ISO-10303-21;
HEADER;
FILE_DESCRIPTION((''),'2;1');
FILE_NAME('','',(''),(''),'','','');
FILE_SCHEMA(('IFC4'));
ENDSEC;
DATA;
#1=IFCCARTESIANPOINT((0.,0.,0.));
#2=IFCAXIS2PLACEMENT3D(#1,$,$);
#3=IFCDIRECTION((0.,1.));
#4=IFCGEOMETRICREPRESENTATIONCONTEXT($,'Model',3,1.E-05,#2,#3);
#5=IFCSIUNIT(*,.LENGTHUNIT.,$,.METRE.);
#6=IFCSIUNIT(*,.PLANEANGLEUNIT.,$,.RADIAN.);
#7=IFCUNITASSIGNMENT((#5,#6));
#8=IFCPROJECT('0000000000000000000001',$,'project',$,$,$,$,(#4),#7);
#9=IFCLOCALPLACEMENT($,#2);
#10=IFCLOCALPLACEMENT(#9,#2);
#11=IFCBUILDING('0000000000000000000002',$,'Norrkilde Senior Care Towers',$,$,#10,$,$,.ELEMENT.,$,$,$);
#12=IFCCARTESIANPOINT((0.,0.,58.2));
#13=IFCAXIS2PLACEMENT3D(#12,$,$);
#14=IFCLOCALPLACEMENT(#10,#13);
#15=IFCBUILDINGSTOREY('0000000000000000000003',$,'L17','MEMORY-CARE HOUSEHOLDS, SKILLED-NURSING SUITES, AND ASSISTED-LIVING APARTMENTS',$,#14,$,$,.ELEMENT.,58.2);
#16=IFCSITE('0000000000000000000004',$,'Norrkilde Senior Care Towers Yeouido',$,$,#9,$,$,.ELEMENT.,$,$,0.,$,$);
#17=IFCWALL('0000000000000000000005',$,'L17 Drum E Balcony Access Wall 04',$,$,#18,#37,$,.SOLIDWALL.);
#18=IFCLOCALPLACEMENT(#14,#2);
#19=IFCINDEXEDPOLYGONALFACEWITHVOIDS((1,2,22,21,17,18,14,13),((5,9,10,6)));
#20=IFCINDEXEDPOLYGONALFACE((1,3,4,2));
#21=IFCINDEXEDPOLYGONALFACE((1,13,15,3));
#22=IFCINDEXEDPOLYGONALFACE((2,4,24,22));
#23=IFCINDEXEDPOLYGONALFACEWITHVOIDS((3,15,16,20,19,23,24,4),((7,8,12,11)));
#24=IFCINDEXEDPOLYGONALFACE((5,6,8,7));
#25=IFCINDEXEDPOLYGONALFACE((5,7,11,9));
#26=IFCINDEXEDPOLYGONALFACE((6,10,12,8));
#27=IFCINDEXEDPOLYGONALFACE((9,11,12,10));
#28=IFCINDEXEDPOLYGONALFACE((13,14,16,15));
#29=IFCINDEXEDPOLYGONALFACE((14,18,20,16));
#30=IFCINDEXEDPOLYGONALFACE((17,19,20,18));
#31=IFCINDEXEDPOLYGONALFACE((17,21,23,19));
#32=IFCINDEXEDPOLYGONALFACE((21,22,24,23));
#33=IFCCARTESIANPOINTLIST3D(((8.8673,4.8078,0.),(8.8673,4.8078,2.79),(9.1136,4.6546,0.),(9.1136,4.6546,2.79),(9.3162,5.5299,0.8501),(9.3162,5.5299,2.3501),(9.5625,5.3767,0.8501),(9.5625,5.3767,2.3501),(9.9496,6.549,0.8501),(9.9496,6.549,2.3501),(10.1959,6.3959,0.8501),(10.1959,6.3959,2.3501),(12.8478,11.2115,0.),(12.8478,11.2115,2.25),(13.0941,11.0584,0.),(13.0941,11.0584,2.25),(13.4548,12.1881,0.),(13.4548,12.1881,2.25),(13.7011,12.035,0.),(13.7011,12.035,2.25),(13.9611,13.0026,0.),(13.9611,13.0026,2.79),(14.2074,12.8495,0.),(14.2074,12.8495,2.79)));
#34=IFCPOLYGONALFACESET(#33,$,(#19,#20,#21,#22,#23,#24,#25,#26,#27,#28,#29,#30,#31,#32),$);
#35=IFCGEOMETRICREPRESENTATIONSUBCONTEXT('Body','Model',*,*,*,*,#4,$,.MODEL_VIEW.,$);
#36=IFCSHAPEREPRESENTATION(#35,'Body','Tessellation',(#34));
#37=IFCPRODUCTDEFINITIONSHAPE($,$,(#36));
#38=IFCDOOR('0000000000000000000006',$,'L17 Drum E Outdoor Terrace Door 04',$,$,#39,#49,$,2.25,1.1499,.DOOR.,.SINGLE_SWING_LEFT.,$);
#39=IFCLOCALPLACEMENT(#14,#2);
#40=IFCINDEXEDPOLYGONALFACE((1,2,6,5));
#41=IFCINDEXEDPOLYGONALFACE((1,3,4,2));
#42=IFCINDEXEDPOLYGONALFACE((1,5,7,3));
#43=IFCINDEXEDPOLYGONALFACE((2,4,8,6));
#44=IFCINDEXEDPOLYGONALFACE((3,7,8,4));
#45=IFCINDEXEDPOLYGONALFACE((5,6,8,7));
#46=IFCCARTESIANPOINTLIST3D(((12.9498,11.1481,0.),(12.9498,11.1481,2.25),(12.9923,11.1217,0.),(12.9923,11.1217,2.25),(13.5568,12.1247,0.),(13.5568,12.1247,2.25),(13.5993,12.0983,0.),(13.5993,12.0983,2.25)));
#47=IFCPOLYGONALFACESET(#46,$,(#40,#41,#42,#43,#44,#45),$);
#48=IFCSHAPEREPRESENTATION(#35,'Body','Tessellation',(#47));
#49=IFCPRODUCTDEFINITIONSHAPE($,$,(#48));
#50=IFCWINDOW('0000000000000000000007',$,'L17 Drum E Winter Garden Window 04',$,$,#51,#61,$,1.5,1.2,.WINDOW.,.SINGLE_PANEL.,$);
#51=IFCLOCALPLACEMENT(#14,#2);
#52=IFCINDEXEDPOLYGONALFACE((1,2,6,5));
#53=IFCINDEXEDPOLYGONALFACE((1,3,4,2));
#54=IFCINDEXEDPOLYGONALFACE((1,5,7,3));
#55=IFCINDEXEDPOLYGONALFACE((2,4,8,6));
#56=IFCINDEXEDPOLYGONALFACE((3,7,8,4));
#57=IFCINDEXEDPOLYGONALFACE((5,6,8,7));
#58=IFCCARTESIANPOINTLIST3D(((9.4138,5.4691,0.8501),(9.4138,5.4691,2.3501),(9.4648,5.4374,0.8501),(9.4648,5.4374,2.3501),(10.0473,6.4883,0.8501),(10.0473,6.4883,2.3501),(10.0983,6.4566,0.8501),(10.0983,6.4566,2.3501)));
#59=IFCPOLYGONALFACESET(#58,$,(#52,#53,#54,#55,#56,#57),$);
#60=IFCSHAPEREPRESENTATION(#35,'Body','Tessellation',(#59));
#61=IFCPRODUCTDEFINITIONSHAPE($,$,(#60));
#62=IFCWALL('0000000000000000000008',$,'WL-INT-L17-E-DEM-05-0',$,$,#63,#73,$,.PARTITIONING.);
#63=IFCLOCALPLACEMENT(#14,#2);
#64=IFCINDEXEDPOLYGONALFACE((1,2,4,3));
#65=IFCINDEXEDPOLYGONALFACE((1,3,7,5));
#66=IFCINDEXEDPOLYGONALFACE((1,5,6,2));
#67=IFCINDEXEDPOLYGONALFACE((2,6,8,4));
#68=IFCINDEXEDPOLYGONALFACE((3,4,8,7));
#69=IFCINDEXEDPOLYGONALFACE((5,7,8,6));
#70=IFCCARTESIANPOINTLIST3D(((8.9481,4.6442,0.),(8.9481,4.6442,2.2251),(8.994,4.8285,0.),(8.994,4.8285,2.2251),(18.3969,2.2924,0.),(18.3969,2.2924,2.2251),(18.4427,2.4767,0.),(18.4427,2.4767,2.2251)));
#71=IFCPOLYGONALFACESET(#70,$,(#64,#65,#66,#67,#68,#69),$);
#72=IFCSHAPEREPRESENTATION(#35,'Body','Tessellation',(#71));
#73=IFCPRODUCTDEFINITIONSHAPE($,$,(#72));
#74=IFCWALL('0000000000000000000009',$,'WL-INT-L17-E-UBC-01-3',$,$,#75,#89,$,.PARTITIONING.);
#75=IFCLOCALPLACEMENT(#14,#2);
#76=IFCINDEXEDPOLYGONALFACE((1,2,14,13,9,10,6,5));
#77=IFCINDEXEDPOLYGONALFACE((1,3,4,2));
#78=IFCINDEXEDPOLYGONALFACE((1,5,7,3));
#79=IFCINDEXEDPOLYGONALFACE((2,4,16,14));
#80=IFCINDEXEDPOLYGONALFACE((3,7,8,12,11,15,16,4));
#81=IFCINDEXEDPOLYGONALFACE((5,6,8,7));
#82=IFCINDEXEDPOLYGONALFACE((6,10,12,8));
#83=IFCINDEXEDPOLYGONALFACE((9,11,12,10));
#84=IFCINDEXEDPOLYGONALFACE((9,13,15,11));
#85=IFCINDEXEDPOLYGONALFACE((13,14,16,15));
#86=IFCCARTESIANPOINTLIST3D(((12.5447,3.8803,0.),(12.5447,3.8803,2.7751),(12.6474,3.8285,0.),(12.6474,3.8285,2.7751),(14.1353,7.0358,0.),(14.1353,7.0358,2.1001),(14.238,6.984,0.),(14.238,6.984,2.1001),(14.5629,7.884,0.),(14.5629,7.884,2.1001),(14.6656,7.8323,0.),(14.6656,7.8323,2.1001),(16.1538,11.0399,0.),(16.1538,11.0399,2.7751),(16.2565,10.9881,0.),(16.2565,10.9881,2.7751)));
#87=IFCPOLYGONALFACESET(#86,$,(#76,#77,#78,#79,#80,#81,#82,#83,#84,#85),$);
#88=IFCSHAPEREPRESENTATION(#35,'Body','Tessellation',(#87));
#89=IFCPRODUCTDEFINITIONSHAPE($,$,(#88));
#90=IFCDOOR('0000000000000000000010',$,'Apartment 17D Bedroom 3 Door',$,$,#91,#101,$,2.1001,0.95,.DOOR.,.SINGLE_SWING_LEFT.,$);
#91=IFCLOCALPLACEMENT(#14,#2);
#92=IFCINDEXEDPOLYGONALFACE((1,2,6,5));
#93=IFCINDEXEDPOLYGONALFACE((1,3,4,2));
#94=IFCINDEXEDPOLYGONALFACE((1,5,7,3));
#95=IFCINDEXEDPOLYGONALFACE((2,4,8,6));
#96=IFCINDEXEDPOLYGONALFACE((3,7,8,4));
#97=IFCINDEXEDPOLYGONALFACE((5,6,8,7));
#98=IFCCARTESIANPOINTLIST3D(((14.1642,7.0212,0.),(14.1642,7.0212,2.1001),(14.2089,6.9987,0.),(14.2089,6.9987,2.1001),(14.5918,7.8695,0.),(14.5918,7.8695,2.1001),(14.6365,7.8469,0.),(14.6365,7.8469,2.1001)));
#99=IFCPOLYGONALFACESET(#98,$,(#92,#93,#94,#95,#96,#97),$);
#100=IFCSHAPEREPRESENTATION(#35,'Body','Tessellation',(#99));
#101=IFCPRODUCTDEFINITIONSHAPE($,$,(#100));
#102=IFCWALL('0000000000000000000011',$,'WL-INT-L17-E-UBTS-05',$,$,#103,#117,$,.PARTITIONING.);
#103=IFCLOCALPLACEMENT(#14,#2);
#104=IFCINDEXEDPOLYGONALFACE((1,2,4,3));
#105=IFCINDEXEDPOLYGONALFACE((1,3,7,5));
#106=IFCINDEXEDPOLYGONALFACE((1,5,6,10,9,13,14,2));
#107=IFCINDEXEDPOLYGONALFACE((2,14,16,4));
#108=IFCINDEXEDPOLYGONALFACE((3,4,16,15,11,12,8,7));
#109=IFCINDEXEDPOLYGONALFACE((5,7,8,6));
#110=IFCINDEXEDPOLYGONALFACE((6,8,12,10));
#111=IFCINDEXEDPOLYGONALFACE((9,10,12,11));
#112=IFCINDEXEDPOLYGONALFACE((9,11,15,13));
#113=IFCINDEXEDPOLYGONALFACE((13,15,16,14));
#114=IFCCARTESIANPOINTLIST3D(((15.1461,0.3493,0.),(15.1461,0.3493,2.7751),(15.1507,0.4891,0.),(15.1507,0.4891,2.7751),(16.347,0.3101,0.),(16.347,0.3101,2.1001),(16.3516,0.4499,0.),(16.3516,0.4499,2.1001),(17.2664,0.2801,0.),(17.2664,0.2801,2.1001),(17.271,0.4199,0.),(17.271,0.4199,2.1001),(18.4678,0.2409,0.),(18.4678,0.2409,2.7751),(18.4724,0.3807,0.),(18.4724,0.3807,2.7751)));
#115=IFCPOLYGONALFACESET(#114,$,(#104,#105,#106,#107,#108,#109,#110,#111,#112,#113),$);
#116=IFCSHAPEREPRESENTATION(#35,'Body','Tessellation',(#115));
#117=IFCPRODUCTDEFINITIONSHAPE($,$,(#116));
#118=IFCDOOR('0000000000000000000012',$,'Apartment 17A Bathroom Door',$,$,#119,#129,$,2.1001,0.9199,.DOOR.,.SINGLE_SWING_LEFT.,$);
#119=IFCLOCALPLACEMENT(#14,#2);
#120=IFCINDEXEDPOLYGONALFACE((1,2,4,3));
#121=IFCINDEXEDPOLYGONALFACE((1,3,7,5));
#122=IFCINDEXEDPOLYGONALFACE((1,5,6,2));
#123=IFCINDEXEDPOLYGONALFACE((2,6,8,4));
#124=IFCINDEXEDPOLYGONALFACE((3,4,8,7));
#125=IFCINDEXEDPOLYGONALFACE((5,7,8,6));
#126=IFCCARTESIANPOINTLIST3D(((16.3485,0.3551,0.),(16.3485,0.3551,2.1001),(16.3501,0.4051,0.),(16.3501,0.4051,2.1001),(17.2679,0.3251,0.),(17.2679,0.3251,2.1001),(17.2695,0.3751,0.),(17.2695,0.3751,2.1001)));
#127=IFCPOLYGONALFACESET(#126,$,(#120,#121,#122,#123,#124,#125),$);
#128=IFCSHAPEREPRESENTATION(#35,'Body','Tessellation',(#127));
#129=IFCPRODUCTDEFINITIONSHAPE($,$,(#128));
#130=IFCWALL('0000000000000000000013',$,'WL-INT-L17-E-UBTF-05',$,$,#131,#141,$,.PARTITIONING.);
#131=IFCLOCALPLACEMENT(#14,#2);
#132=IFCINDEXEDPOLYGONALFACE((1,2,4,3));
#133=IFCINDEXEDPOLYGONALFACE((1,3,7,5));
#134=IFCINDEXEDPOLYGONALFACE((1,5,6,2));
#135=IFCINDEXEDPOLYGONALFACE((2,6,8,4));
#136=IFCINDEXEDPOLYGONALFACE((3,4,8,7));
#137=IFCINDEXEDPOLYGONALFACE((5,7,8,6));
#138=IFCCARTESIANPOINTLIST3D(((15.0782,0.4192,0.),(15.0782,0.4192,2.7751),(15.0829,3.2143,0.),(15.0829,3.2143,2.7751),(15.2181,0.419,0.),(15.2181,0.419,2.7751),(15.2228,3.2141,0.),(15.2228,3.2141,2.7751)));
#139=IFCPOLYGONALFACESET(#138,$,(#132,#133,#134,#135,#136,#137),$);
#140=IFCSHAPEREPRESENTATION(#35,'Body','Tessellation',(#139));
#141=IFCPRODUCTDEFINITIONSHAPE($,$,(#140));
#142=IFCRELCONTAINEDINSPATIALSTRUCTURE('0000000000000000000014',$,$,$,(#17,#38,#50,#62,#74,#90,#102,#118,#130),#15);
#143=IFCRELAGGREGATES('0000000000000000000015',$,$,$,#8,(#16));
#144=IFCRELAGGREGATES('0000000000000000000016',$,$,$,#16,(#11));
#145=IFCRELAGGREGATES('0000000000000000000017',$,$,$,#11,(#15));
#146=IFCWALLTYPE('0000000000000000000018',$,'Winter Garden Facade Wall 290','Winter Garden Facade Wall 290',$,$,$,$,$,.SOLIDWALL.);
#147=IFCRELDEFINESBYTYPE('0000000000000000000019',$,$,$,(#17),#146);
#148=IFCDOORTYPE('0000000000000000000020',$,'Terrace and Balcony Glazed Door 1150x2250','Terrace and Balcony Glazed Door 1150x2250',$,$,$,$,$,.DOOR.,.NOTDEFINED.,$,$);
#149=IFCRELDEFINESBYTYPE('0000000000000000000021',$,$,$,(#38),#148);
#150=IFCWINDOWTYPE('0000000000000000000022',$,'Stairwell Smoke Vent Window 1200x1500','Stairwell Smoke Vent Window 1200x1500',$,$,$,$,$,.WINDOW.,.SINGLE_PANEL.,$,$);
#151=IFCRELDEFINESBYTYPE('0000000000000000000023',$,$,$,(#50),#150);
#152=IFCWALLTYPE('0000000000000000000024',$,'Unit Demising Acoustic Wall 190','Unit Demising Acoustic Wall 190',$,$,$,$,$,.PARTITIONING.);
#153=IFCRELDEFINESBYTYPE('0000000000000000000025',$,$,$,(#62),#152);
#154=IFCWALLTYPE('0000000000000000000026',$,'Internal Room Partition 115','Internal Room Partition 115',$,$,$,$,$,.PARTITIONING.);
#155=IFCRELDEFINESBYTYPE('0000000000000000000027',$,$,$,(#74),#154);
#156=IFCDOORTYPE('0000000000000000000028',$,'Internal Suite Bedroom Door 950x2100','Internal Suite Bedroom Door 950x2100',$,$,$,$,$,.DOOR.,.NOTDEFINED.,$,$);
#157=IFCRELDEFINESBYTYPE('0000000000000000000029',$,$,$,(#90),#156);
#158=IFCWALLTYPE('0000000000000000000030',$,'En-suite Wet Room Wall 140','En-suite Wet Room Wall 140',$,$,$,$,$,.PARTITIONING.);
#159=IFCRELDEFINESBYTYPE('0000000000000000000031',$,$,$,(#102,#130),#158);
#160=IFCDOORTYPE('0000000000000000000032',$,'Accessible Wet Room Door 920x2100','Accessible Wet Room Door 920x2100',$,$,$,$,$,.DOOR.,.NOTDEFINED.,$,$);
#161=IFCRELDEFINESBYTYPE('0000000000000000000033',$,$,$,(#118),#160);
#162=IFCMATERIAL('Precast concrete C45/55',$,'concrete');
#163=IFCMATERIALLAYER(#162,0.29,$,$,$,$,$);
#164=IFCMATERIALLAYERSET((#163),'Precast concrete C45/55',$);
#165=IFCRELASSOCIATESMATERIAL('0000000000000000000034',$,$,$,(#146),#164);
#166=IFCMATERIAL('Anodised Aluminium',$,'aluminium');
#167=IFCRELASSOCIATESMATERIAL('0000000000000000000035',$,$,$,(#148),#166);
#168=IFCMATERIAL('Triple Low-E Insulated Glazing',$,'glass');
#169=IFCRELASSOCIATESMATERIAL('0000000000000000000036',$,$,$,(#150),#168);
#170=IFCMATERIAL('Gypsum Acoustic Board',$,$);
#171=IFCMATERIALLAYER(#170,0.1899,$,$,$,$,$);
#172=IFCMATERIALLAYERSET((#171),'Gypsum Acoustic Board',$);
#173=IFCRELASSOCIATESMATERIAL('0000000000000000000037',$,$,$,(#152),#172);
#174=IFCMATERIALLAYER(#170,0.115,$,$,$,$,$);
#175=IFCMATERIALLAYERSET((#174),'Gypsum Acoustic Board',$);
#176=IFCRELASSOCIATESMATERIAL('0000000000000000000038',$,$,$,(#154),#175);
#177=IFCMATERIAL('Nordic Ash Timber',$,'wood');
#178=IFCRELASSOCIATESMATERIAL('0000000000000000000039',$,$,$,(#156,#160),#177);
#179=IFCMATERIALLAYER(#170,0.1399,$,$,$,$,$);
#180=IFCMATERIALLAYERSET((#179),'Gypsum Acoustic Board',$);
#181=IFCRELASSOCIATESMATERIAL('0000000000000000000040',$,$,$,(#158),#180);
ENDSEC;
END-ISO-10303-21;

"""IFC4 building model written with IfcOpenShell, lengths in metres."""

from ifc_helpers import new_model, si_unit, direction, frame, frame_2d, origin, place, context, subcontext, project, spatial, rectangle, extrude, source, transform, mapped, material, layer, layer_set, type_object, type_shapes, element, fill, save


model = new_model("IFC4")

# Units and contexts
model_context = context("Model", 3, precision=1e-05, world=origin(), true_north=direction((0.0, 1.0)))
body_context = subcontext(model_context, "Body", "Model", "MODEL_VIEW")
ifc_project = project(units=[si_unit("LENGTHUNIT", "METRE"), si_unit("PLANEANGLEUNIT", "RADIAN")], contexts=[model_context])

# Site, building, storey
site_placement = place(None, origin())
site = spatial("IfcSite", under=ifc_project, at=site_placement, Name="Norrkilde Senior Care Towers Yeouido", CompositionType="ELEMENT", RefElevation=0.0)
building_placement = place(site_placement, origin())
building = spatial("IfcBuilding", under=site, at=building_placement, Name="Norrkilde Senior Care Towers", CompositionType="ELEMENT")
storey_placement = place(building_placement, frame((0.0, 0.0, 58.2)))
storey = spatial("IfcBuildingStorey", under=building, at=storey_placement, Name="L17", Description="MEMORY-CARE HOUSEHOLDS, SKILLED-NURSING SUITES, AND ASSISTED-LIVING APARTMENTS", CompositionType="ELEMENT", Elevation=58.2)

# Shared definitions
ifc_material_1 = material(Name="Triple Low-E Insulated Glazing", Category="glass")
ifc_material_2 = material(Name="Anodised Aluminium", Category="aluminium")

# Wall, openings, door, window
ifc_material_3 = material(Name="Precast concrete C45/55", Category="concrete")
ifc_layer_1 = layer(ifc_material_3, 0.29)
ifc_layer_set_1 = layer_set([ifc_layer_1], Name="Precast concrete C45/55")
wall_type_1 = type_object("IfcWallType", Name="Winter Garden Facade Wall 290", Description="Winter Garden Facade Wall 290", PredefinedType="SOLIDWALL", material=ifc_layer_set_1)
shared_shape_1 = source(origin(), body_context, "Body", "SweptSolid", [
    extrude(rectangle(XDim=9.6489, YDim=0.29, at=frame_2d((4.8245, 0.0))), origin(), (0.0, 0.0, 1.0), 2.79),
])
type_shapes(wall_type_1, [shared_shape_1])
wall_1_placement = place(storey_placement, frame((8.9905, 4.7312, 0.0), z_axis=(0.0, 0.0, 1.0), x_axis=(0.527909, 0.849301, 0.0)))
wall_1 = element("IfcWall", 1, at=wall_1_placement, inside=storey, type_object=wall_type_1, Name="L17 Drum E Balcony Access Wall 04", PredefinedType="SOLIDWALL", context=body_context, shape_type="MappedRepresentation", body=[
    mapped(shared_shape_1, transform((0.0, 0.0, 0.0), x_axis=(1.0, 0.0, 0.0), y_axis=(0.0, 1.0, 0.0), z_axis=(0.0, 0.0, 1.0), scale=1.0)),
])
opening_1_placement = place(wall_1_placement, frame((7.54, 0.0, 0.0)))
opening_1 = element("IfcOpeningElement", 2, at=opening_1_placement, cuts=wall_1, PredefinedType="OPENING", context=body_context, shape_type="SweptSolid", body=[
    extrude(rectangle(XDim=1.1499, YDim=2.25, at=frame_2d((0.575, 1.125))), frame((0.0, 0.155, 0.0), z_axis=(0.0, -1.0, 0.0), x_axis=(1.0, 0.0, 0.0)), (0.0, 0.0, 1.0), 0.3101),
])
opening_2_placement = place(wall_1_placement, frame((0.8501, 0.0, 0.8501)))
opening_2 = element("IfcOpeningElement", 3, at=opening_2_placement, cuts=wall_1, PredefinedType="OPENING", context=body_context, shape_type="SweptSolid", body=[
    extrude(rectangle(XDim=1.2, YDim=1.5, at=frame_2d((0.6001, 0.75))), frame((0.0, 0.155, 0.0), z_axis=(0.0, -1.0, 0.0), x_axis=(1.0, 0.0, 0.0)), (0.0, 0.0, 1.0), 0.3101),
])
door_type_1 = type_object("IfcDoorType", Name="Terrace and Balcony Glazed Door 1150x2250", Description="Terrace and Balcony Glazed Door 1150x2250", OperationType="NOTDEFINED", PredefinedType="DOOR", material=ifc_material_2)
shared_shape_2 = source(origin(), body_context, "Body", "SweptSolid", [
    extrude(rectangle(XDim=1.1499, YDim=2.25, at=frame_2d((0.575, 1.125))), frame((0.0, 0.0249, 0.0), z_axis=(0.0, -1.0, 0.0), x_axis=(1.0, 0.0, 0.0)), (0.0, 0.0, 1.0), 0.05),
])
type_shapes(door_type_1, [shared_shape_2])
door_1_placement = place(opening_1_placement, origin())
door_1 = element("IfcDoor", 4, at=door_1_placement, inside=storey, type_object=door_type_1, Name="L17 Drum E Outdoor Terrace Door 04", OperationType="SINGLE_SWING_LEFT", OverallHeight=2.25, OverallWidth=1.1499, PredefinedType="DOOR", context=body_context, shape_type="MappedRepresentation", body=[
    mapped(shared_shape_2, transform((0.0, 0.0, 0.0), x_axis=(1.0, 0.0, 0.0), y_axis=(0.0, 1.0, 0.0), z_axis=(0.0, 0.0, 1.0), scale=1.0)),
])
fill(opening_1, door_1)
window_type = type_object("IfcWindowType", Name="Stairwell Smoke Vent Window 1200x1500", Description="Stairwell Smoke Vent Window 1200x1500", PartitioningType="SINGLE_PANEL", PredefinedType="WINDOW", material=ifc_material_1)
shared_shape_3 = source(origin(), body_context, "Body", "SweptSolid", [
    extrude(rectangle(XDim=1.2, YDim=1.5, at=frame_2d((0.6001, 0.75))), frame((0.0, 0.03, 0.0), z_axis=(0.0, -1.0, 0.0), x_axis=(1.0, 0.0, 0.0)), (0.0, 0.0, 1.0), 0.0601),
])
type_shapes(window_type, [shared_shape_3])
window_placement = place(opening_2_placement, origin())
window = element("IfcWindow", 5, at=window_placement, inside=storey, type_object=window_type, Name="L17 Drum E Winter Garden Window 04", OverallHeight=1.5, OverallWidth=1.2, PartitioningType="SINGLE_PANEL", PredefinedType="WINDOW", context=body_context, shape_type="MappedRepresentation", body=[
    mapped(shared_shape_3, transform((0.0, 0.0, 0.0), x_axis=(1.0, 0.0, 0.0), y_axis=(0.0, 1.0, 0.0), z_axis=(0.0, 0.0, 1.0), scale=1.0)),
])
fill(opening_2, window)

# Wall
ifc_material_4 = material(Name="Gypsum Acoustic Board")
ifc_layer_2 = layer(ifc_material_4, 0.1899)
ifc_layer_set_2 = layer_set([ifc_layer_2], Name="Gypsum Acoustic Board")
wall_type_2 = type_object("IfcWallType", Name="Unit Demising Acoustic Wall 190", Description="Unit Demising Acoustic Wall 190", PredefinedType="PARTITIONING", material=ifc_layer_set_2)
shared_shape_4 = source(origin(), body_context, "Body", "SweptSolid", [
    extrude(rectangle(XDim=9.7371, YDim=0.1899, at=frame_2d((4.8687, 0.0))), origin(), (0.0, 0.0, 1.0), 2.2251),
])
type_shapes(wall_type_2, [shared_shape_4])
wall_2_placement = place(storey_placement, frame((18.4199, 2.3845, 0.0), z_axis=(0.0, 0.0, 1.0), x_axis=(-0.970393, 0.241533, 0.0)))
element("IfcWall", 6, at=wall_2_placement, inside=storey, type_object=wall_type_2, Name="WL-INT-L17-E-DEM-05-0", PredefinedType="PARTITIONING", context=body_context, shape_type="MappedRepresentation", body=[
    mapped(shared_shape_4, transform((0.0, 0.0, 0.0), x_axis=(1.0, 0.0, 0.0), y_axis=(0.0, 1.0, 0.0), z_axis=(0.0, 0.0, 1.0), scale=1.0)),
])

# Walls, openings, doors
ifc_layer_3 = layer(ifc_material_4, 0.115)
ifc_layer_set_3 = layer_set([ifc_layer_3], Name="Gypsum Acoustic Board")
wall_type_3 = type_object("IfcWallType", Name="Internal Room Partition 115", Description="Internal Room Partition 115", PredefinedType="PARTITIONING", material=ifc_layer_set_3)
shared_shape_5 = source(origin(), body_context, "Body", "SweptSolid", [
    extrude(rectangle(XDim=8.0178, YDim=0.115, at=frame_2d((4.0088, 0.0))), origin(), (0.0, 0.0, 1.0), 2.7751),
])
wall_3_placement = place(storey_placement, frame((16.2051, 11.0139, 0.0), z_axis=(0.0, 0.0, 1.0), x_axis=(-0.450134, -0.892961, 0.0)))
wall_3 = element("IfcWall", 7, at=wall_3_placement, inside=storey, type_object=wall_type_3, Name="WL-INT-L17-E-UBC-01-3", PredefinedType="PARTITIONING", context=body_context, shape_type="MappedRepresentation", body=[
    mapped(shared_shape_5, transform((0.0, 0.0, 0.0), x_axis=(1.0, 0.0, 0.0), y_axis=(0.0, 1.0, 0.0), z_axis=(0.0, 0.0, 1.0), scale=1.0)),
])
opening_3_placement = place(wall_3_placement, frame((3.5339, 0.0, 0.0)))
opening_3 = element("IfcOpeningElement", 8, at=opening_3_placement, cuts=wall_3, PredefinedType="OPENING", context=body_context, shape_type="SweptSolid", body=[
    extrude(rectangle(XDim=0.95, YDim=2.1001, at=frame_2d((0.4751, 1.05))), frame((0.0, 0.0674, 0.0), z_axis=(0.0, -1.0, 0.0), x_axis=(1.0, 0.0, 0.0)), (0.0, 0.0, 1.0), 0.135),
])
ifc_material_5 = material(Name="Nordic Ash Timber", Category="wood")
door_type_2 = type_object("IfcDoorType", Name="Internal Suite Bedroom Door 950x2100", Description="Internal Suite Bedroom Door 950x2100", OperationType="NOTDEFINED", PredefinedType="DOOR", material=ifc_material_5)
shared_shape_6 = source(origin(), body_context, "Body", "SweptSolid", [
    extrude(rectangle(XDim=0.95, YDim=2.1001, at=frame_2d((0.4751, 1.05))), frame((0.0, 0.0249, 0.0), z_axis=(0.0, -1.0, 0.0), x_axis=(1.0, 0.0, 0.0)), (0.0, 0.0, 1.0), 0.05),
])
type_shapes(door_type_2, [shared_shape_6])
door_2_placement = place(opening_3_placement, origin())
door_2 = element("IfcDoor", 9, at=door_2_placement, inside=storey, type_object=door_type_2, Name="Apartment 17D Bedroom 3 Door", OperationType="SINGLE_SWING_LEFT", OverallHeight=2.1001, OverallWidth=0.95, PredefinedType="DOOR", context=body_context, shape_type="MappedRepresentation", body=[
    mapped(shared_shape_6, transform((0.0, 0.0, 0.0), x_axis=(1.0, 0.0, 0.0), y_axis=(0.0, 1.0, 0.0), z_axis=(0.0, 0.0, 1.0), scale=1.0)),
])
fill(opening_3, door_2)
ifc_layer_4 = layer(ifc_material_4, 0.1399)
ifc_layer_set_4 = layer_set([ifc_layer_4], Name="Gypsum Acoustic Board")
wall_type_4 = type_object("IfcWallType", Name="En-suite Wet Room Wall 140", Description="En-suite Wet Room Wall 140", PredefinedType="PARTITIONING", material=ifc_layer_set_4)
shared_shape_7 = source(origin(), body_context, "Body", "SweptSolid", [
    extrude(rectangle(XDim=3.3235, YDim=0.1399, at=frame_2d((1.6616, 0.0))), origin(), (0.0, 0.0, 1.0), 2.7751),
])
wall_4_placement = place(storey_placement, frame((18.47, 0.3108, 0.0), z_axis=(0.0, 0.0, 1.0), x_axis=(-0.999468, 0.032615, 0.0)))
wall_4 = element("IfcWall", 10, at=wall_4_placement, inside=storey, type_object=wall_type_4, Name="WL-INT-L17-E-UBTS-05", PredefinedType="PARTITIONING", context=body_context, shape_type="MappedRepresentation", body=[
    mapped(shared_shape_7, transform((0.0, 0.0, 0.0), x_axis=(1.0, 0.0, 0.0), y_axis=(0.0, 1.0, 0.0), z_axis=(0.0, 0.0, 1.0), scale=1.0)),
])
opening_4_placement = place(wall_4_placement, frame((1.2019, 0.0, 0.0)))
opening_4 = element("IfcOpeningElement", 11, at=opening_4_placement, cuts=wall_4, PredefinedType="OPENING", context=body_context, shape_type="SweptSolid", body=[
    extrude(rectangle(XDim=0.9199, YDim=2.1001, at=frame_2d((0.46, 1.05))), frame((0.0, 0.0798, 0.0), z_axis=(0.0, -1.0, 0.0), x_axis=(1.0, 0.0, 0.0)), (0.0, 0.0, 1.0), 0.1599),
])
door_type_3 = type_object("IfcDoorType", Name="Accessible Wet Room Door 920x2100", Description="Accessible Wet Room Door 920x2100", OperationType="NOTDEFINED", PredefinedType="DOOR", material=ifc_material_5)
shared_shape_8 = source(origin(), body_context, "Body", "SweptSolid", [
    extrude(rectangle(XDim=0.9199, YDim=2.1001, at=frame_2d((0.46, 1.05))), frame((0.0, 0.0249, 0.0), z_axis=(0.0, -1.0, 0.0), x_axis=(1.0, 0.0, 0.0)), (0.0, 0.0, 1.0), 0.05),
])
type_shapes(door_type_3, [shared_shape_8])
door_3_placement = place(opening_4_placement, origin())
door_3 = element("IfcDoor", 12, at=door_3_placement, inside=storey, type_object=door_type_3, Name="Apartment 17A Bathroom Door", OperationType="SINGLE_SWING_LEFT", OverallHeight=2.1001, OverallWidth=0.9199, PredefinedType="DOOR", context=body_context, shape_type="MappedRepresentation", body=[
    mapped(shared_shape_8, transform((0.0, 0.0, 0.0), x_axis=(1.0, 0.0, 0.0), y_axis=(0.0, 1.0, 0.0), z_axis=(0.0, 0.0, 1.0), scale=1.0)),
])
fill(opening_4, door_3)

# Wall
shared_shape_9 = source(origin(), body_context, "Body", "SweptSolid", [
    extrude(rectangle(XDim=2.7952, YDim=0.1399, at=frame_2d((1.3975, 0.0))), origin(), (0.0, 0.0, 1.0), 2.7751),
])
type_shapes(wall_type_4, [shared_shape_7, shared_shape_9])
wall_5_placement = place(storey_placement, frame((15.1482, 0.4192, 0.0), z_axis=(0.0, 0.0, 1.0), x_axis=(0.00166, 0.999999, 0.0)))
element("IfcWall", 13, at=wall_5_placement, inside=storey, type_object=wall_type_4, Name="WL-INT-L17-E-UBTF-05", PredefinedType="PARTITIONING", context=body_context, shape_type="MappedRepresentation", body=[
    mapped(shared_shape_9, transform((0.0, 0.0, 0.0), x_axis=(1.0, 0.0, 0.0), y_axis=(0.0, 1.0, 0.0), z_axis=(0.0, 0.0, 1.0), scale=1.0)),
])

save(model, "model.ifc")
